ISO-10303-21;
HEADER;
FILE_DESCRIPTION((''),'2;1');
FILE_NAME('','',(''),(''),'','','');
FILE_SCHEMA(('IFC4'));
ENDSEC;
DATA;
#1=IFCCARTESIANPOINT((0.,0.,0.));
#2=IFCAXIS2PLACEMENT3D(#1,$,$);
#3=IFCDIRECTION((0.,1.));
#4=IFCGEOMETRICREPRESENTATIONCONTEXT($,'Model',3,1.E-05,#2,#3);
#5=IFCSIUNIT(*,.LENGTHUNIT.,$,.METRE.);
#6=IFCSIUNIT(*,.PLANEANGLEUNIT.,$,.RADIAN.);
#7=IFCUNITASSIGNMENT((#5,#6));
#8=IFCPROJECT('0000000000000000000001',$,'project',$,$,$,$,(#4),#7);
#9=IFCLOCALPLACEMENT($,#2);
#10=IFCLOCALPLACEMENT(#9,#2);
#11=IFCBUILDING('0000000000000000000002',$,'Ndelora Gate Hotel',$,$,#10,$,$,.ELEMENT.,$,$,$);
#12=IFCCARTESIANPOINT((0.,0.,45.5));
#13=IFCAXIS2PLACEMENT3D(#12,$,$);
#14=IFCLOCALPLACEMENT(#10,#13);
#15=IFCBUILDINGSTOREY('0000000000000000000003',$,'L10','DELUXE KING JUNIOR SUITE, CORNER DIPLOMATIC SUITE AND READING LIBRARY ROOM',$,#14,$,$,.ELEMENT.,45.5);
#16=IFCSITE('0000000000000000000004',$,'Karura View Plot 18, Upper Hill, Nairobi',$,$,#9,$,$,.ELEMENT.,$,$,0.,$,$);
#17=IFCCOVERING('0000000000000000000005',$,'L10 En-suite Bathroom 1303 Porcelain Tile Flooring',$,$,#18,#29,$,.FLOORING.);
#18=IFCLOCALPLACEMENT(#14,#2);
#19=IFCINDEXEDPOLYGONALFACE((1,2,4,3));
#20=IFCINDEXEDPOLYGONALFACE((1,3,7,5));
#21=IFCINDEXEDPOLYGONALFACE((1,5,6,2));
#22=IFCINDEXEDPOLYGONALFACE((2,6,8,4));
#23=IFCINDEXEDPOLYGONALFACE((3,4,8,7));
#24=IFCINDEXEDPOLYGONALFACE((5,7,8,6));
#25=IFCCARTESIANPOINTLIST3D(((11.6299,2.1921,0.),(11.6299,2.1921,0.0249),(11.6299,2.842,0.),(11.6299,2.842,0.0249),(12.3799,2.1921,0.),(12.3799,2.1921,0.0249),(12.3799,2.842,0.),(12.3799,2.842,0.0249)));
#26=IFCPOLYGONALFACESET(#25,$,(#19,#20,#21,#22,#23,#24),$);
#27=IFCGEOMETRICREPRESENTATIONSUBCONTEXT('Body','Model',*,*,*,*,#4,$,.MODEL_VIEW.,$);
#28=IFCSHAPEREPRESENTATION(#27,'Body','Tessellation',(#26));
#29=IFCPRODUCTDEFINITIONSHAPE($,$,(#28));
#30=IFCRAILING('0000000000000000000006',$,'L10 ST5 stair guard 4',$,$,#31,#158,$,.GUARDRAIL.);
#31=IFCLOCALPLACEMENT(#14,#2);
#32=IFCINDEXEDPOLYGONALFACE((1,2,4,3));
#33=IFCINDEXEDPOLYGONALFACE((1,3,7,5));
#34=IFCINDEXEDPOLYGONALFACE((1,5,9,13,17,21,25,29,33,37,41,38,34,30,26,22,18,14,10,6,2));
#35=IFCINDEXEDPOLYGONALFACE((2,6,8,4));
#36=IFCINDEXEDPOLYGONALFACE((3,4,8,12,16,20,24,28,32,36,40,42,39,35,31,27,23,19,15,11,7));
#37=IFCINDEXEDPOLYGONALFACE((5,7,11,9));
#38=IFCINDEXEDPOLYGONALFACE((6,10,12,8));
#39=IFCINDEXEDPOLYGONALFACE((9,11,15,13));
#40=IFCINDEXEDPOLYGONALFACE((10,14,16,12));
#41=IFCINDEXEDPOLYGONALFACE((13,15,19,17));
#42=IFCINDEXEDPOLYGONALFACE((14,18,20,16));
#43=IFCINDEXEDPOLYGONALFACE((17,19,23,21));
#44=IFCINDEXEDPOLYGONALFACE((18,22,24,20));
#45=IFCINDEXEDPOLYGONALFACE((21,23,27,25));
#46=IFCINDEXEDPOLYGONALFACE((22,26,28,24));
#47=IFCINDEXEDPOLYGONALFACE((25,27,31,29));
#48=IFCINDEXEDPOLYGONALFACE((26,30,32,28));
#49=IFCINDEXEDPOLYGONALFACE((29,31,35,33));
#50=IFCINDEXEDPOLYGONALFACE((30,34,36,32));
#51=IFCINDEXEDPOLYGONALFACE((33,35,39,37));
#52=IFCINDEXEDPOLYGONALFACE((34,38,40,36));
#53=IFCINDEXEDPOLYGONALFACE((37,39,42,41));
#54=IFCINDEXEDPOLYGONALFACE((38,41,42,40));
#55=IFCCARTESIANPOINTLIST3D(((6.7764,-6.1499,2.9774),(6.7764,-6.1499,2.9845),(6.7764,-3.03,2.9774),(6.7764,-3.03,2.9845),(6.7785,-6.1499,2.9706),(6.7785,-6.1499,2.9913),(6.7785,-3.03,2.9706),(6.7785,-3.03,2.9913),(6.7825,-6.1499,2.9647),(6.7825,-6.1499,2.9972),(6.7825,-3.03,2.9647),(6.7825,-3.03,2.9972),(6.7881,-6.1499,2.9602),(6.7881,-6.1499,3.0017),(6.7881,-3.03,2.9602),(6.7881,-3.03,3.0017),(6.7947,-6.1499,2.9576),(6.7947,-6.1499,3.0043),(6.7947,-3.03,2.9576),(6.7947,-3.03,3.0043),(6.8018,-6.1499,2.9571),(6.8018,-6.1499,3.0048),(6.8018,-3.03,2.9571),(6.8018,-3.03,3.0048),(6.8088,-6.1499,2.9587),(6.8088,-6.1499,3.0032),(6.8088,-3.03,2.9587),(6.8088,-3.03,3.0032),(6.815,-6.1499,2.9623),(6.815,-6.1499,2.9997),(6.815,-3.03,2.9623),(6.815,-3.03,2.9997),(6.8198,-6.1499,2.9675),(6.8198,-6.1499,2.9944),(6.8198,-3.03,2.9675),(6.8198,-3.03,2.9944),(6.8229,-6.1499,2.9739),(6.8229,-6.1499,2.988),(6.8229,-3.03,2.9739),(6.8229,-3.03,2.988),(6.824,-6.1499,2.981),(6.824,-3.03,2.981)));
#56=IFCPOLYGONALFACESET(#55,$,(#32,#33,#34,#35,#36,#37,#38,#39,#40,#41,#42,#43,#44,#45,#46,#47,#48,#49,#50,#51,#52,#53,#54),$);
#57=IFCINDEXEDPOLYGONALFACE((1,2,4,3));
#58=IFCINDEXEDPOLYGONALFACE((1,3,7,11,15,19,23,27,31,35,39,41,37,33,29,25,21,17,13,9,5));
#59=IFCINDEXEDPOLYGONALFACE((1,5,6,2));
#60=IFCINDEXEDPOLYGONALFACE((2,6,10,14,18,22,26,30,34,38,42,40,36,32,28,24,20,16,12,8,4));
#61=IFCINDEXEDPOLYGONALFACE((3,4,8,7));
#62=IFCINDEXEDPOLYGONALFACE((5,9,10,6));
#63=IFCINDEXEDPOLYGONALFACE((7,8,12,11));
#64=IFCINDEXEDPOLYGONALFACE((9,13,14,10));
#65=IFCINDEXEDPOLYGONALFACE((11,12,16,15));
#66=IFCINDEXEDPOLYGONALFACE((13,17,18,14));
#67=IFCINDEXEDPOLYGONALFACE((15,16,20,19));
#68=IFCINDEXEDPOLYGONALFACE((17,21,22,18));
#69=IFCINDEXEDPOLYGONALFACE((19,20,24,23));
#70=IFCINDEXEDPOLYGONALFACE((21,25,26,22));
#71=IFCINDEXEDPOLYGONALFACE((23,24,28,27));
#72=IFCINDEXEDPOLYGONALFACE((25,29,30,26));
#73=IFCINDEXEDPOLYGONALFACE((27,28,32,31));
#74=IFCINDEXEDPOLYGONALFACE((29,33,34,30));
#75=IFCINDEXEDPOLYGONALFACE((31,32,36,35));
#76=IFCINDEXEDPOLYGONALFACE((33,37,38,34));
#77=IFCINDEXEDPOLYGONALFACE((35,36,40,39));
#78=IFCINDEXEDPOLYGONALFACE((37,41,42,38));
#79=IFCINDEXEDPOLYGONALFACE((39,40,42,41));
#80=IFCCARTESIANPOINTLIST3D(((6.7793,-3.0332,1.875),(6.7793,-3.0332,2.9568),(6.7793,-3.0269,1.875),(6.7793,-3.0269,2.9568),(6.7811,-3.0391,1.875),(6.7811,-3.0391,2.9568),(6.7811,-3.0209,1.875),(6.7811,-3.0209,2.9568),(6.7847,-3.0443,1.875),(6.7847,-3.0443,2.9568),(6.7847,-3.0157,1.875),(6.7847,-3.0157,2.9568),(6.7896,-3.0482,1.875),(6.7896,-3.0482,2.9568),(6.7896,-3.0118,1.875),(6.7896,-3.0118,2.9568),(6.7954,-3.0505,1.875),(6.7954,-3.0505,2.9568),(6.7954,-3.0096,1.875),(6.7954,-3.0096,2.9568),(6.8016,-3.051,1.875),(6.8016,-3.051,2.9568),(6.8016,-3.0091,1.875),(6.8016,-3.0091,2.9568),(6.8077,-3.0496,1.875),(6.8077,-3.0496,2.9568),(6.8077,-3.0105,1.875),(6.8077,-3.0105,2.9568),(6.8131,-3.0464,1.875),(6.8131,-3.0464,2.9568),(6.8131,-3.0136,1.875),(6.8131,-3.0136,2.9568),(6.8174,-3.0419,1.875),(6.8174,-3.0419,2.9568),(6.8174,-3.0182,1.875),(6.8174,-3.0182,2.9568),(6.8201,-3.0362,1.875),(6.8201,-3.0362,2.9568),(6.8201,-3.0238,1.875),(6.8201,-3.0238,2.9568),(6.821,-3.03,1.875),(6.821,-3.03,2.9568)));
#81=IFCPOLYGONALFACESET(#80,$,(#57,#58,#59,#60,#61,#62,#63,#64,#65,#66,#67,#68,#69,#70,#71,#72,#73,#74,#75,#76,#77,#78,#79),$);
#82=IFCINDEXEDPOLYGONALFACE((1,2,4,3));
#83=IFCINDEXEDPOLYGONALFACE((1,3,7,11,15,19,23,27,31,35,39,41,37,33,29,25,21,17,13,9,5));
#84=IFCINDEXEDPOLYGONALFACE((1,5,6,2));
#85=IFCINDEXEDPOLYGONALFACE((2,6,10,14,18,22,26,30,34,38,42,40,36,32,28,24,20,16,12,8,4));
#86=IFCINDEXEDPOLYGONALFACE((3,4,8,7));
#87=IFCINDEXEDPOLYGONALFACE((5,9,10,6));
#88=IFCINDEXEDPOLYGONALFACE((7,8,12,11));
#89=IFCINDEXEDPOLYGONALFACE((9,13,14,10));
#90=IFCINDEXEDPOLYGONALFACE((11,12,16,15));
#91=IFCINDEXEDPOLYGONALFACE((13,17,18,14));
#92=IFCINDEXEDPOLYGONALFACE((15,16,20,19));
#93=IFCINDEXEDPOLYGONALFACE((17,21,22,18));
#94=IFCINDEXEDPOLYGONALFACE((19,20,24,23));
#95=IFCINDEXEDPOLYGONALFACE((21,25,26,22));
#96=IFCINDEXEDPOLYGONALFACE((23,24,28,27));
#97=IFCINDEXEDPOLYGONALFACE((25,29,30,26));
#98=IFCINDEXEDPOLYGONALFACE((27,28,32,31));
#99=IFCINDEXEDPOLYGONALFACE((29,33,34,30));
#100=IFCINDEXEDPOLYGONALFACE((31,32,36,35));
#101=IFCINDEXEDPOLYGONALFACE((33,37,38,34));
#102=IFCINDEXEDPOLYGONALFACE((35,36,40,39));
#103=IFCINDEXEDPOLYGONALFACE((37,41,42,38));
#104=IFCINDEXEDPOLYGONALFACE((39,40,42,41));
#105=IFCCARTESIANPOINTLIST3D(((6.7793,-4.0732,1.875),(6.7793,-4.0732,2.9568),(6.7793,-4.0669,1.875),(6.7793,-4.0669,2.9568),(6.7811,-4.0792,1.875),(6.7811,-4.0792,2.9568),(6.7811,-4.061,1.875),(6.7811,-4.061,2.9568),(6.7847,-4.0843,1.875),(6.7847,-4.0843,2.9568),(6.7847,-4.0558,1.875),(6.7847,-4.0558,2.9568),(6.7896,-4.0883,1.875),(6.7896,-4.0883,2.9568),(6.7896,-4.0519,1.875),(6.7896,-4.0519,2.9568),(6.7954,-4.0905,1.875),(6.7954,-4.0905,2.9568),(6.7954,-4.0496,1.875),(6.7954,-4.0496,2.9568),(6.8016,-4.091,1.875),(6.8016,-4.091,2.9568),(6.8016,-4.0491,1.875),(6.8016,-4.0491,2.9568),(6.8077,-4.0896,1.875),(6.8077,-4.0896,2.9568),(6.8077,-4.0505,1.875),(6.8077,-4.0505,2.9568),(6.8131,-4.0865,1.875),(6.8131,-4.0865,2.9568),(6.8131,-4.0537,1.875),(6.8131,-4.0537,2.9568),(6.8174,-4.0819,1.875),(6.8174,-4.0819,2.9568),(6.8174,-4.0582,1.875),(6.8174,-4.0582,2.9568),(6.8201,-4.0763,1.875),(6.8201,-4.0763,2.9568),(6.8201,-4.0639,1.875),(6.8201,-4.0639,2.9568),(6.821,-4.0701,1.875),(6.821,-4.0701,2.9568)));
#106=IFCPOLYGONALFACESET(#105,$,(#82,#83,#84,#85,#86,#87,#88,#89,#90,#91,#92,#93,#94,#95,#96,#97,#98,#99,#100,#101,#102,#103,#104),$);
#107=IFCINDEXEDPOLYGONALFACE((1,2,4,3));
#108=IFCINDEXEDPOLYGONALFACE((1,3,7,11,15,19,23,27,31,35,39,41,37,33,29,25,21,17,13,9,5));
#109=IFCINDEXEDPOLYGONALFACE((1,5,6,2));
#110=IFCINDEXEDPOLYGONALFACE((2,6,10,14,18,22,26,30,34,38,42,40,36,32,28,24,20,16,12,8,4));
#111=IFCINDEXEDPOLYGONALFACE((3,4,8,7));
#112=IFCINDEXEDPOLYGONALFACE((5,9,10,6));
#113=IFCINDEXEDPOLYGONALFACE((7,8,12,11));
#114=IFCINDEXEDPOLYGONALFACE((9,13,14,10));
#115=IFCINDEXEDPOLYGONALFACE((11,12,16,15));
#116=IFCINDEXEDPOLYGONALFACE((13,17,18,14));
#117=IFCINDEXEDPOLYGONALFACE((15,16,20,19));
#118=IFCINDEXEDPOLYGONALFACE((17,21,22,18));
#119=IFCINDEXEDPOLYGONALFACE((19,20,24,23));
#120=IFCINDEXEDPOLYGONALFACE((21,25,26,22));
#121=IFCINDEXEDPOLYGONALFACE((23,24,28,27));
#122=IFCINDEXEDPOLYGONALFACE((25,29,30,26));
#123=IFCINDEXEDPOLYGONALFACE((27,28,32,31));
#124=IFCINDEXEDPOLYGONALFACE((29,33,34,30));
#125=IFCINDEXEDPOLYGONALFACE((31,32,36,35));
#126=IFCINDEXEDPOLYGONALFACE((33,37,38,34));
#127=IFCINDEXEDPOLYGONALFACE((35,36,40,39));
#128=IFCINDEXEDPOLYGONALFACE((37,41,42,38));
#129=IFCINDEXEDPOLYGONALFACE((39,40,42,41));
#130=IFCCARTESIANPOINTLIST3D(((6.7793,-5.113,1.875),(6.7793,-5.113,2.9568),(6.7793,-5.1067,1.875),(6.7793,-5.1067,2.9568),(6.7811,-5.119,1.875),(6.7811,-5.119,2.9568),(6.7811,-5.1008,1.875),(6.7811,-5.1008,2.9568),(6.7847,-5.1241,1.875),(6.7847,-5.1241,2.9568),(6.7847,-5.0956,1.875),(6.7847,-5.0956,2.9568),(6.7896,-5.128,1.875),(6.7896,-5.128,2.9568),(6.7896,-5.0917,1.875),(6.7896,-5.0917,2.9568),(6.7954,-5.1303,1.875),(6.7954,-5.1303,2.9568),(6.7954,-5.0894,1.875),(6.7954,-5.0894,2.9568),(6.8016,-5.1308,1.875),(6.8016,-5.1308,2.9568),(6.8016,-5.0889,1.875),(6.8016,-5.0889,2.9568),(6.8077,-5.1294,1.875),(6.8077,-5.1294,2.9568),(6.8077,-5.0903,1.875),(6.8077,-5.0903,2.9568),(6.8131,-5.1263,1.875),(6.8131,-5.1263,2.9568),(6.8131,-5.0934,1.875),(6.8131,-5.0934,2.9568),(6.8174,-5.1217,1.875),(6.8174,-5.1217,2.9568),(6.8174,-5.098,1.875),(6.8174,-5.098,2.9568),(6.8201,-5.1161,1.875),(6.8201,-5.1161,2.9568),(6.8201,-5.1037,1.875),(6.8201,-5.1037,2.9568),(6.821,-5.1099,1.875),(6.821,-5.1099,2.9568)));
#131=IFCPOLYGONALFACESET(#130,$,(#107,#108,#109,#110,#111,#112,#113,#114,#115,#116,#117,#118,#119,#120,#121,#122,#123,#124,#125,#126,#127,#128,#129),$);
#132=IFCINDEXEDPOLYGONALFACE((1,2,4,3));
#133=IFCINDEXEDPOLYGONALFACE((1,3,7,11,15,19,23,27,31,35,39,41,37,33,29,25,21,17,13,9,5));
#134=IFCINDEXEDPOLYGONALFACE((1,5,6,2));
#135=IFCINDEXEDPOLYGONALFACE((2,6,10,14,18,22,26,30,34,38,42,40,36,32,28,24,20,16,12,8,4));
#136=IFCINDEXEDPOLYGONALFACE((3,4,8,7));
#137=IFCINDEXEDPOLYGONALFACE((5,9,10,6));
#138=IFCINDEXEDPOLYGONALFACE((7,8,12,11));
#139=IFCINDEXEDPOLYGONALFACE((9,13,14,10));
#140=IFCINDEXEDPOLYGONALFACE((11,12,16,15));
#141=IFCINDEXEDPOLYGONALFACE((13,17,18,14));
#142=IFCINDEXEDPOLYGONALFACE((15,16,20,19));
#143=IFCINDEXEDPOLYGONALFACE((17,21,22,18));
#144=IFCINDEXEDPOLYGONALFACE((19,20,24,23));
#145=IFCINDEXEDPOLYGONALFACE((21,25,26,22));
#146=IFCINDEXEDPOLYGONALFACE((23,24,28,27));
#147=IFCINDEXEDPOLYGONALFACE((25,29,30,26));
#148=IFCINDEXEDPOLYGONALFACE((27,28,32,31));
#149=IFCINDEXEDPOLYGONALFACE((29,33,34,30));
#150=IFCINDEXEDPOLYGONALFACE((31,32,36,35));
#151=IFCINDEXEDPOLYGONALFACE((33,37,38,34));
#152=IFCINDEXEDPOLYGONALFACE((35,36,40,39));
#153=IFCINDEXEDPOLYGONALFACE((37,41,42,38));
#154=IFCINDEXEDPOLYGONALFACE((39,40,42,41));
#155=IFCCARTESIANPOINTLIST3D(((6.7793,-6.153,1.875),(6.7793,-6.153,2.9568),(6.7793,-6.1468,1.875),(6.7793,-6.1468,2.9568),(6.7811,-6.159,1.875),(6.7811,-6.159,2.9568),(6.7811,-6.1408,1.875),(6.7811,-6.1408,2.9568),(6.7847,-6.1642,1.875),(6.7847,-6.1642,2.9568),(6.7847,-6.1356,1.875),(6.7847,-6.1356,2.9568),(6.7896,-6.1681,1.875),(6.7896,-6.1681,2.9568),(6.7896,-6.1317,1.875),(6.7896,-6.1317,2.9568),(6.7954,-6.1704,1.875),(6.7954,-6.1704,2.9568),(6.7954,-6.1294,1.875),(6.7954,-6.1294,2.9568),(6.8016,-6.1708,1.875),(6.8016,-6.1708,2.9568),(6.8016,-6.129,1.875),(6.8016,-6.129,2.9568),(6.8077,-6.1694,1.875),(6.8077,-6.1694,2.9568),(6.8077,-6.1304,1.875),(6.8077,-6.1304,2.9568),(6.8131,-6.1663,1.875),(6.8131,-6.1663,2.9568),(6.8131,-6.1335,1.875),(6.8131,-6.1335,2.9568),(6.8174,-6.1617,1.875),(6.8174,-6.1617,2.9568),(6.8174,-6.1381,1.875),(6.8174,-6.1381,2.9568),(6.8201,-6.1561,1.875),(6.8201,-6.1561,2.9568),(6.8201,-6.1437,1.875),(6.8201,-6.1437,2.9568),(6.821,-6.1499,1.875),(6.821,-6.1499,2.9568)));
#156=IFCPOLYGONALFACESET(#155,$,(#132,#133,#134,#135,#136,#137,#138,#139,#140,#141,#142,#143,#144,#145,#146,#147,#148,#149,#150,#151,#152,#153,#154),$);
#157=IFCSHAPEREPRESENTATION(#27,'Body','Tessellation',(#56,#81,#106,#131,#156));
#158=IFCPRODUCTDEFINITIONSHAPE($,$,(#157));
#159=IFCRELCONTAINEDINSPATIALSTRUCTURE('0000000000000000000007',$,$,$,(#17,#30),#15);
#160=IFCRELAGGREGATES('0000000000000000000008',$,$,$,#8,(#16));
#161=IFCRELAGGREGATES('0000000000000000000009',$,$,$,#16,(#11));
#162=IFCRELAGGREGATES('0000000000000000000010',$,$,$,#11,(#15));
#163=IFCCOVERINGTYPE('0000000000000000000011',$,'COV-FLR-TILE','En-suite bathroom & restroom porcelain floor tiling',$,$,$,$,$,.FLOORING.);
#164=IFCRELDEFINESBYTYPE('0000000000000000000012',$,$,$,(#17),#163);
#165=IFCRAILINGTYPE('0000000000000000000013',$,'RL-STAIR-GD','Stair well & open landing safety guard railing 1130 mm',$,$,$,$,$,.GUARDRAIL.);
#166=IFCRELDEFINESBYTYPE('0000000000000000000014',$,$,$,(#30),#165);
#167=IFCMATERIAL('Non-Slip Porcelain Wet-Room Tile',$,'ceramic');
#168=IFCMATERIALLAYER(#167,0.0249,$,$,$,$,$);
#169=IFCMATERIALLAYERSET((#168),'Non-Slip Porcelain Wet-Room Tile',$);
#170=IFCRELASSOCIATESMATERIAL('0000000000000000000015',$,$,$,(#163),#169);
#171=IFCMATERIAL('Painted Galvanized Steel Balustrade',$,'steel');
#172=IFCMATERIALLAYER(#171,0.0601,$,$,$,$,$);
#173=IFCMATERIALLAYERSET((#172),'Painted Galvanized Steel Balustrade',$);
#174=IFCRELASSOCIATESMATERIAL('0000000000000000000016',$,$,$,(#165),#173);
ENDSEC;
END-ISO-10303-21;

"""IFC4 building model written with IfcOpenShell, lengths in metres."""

from ifc_helpers import new_model, si_unit, direction, frame, origin, origin_2d, place, context, subcontext, project, spatial, rectangle, circle, extrude, material, layer, layer_set, type_object, element, save


model = new_model("IFC4")

# Units and contexts
model_context = context("Model", 3, precision=1e-05, world=origin(), true_north=direction((0.0, 1.0)))
body_context = subcontext(model_context, "Body", "Model", "MODEL_VIEW")
ifc_project = project(units=[si_unit("LENGTHUNIT", "METRE"), si_unit("PLANEANGLEUNIT", "RADIAN")], contexts=[model_context])

# Site, building, storey
site_placement = place(None, origin())
site = spatial("IfcSite", under=ifc_project, at=site_placement, Name="Karura View Plot 18, Upper Hill, Nairobi", CompositionType="ELEMENT", RefElevation=0.0)
building_placement = place(site_placement, origin())
building = spatial("IfcBuilding", under=site, at=building_placement, Name="Ndelora Gate Hotel", CompositionType="ELEMENT")
storey_placement = place(building_placement, frame((0.0, 0.0, 45.5)))
storey = spatial("IfcBuildingStorey", under=building, at=storey_placement, Name="L10", Description="DELUXE KING JUNIOR SUITE, CORNER DIPLOMATIC SUITE AND READING LIBRARY ROOM", CompositionType="ELEMENT", Elevation=45.5)

# Covering
ifc_material_1 = material(Name="Non-Slip Porcelain Wet-Room Tile", Category="ceramic")
ifc_layer_1 = layer(ifc_material_1, 0.0249)
ifc_layer_set_1 = layer_set([ifc_layer_1], Name="Non-Slip Porcelain Wet-Room Tile")
covering_type_1 = type_object("IfcCoveringType", Name="COV-FLR-TILE", Description="En-suite bathroom & restroom porcelain floor tiling", PredefinedType="FLOORING", material=ifc_layer_set_1)
for number, where, z_axis, x_axis, name in (
    (1, (12.0049, 2.5171, 0.0), (0.0, 0.0, 1.0), (1.0, 0.0, 0.0), "L10 En-suite Bathroom 1303 Porcelain Tile Flooring"),
):
    element("IfcCovering", number, at=place(storey_placement, frame(where, z_axis=z_axis, x_axis=x_axis)), inside=storey, type_object=covering_type_1, Name=name, PredefinedType="FLOORING", context=body_context, shape_type="SweptSolid", body=[
        extrude(rectangle(XDim=0.75, YDim=0.6499, at=origin_2d()), origin(), (0.0, 0.0, 1.0), 0.0249),
    ])

# Railing
ifc_material_2 = material(Name="Painted Galvanized Steel Balustrade", Category="steel")
ifc_layer_2 = layer(ifc_material_2, 0.0601)
ifc_layer_set_2 = layer_set([ifc_layer_2], Name="Painted Galvanized Steel Balustrade")
railing_type_1 = type_object("IfcRailingType", Name="RL-STAIR-GD", Description="Stair well & open landing safety guard railing 1130 mm", PredefinedType="GUARDRAIL", material=ifc_layer_set_2)
railing_1_placement = place(storey_placement, frame((6.8, -3.03, 1.875)))
element("IfcRailing", 2, at=railing_1_placement, inside=storey, type_object=railing_type_1, Name="L10 ST5 stair guard 4", PredefinedType="GUARDRAIL", context=body_context, shape_type="SweptSolid", body=[
    extrude(circle(Radius=0.0239, at=origin_2d()), frame((0.0, 0.0, 1.106), z_axis=(0.0, -1.0, 0.0), x_axis=(1.0, 0.0, 0.0)), (0.0, 0.0, 1.0), 3.1199),
    extrude(circle(Radius=0.021, at=origin_2d()), origin(), (0.0, 0.0, 1.0), 1.0818),
    extrude(circle(Radius=0.021, at=origin_2d()), frame((0.0, -1.04, 0.0)), (0.0, 0.0, 1.0), 1.0818),
    extrude(circle(Radius=0.021, at=origin_2d()), frame((0.0, -2.0798, 0.0)), (0.0, 0.0, 1.0), 1.0818),
    extrude(circle(Radius=0.021, at=origin_2d()), frame((0.0, -3.1199, 0.0)), (0.0, 0.0, 1.0), 1.0818),
])

save(model, "model.ifc")
